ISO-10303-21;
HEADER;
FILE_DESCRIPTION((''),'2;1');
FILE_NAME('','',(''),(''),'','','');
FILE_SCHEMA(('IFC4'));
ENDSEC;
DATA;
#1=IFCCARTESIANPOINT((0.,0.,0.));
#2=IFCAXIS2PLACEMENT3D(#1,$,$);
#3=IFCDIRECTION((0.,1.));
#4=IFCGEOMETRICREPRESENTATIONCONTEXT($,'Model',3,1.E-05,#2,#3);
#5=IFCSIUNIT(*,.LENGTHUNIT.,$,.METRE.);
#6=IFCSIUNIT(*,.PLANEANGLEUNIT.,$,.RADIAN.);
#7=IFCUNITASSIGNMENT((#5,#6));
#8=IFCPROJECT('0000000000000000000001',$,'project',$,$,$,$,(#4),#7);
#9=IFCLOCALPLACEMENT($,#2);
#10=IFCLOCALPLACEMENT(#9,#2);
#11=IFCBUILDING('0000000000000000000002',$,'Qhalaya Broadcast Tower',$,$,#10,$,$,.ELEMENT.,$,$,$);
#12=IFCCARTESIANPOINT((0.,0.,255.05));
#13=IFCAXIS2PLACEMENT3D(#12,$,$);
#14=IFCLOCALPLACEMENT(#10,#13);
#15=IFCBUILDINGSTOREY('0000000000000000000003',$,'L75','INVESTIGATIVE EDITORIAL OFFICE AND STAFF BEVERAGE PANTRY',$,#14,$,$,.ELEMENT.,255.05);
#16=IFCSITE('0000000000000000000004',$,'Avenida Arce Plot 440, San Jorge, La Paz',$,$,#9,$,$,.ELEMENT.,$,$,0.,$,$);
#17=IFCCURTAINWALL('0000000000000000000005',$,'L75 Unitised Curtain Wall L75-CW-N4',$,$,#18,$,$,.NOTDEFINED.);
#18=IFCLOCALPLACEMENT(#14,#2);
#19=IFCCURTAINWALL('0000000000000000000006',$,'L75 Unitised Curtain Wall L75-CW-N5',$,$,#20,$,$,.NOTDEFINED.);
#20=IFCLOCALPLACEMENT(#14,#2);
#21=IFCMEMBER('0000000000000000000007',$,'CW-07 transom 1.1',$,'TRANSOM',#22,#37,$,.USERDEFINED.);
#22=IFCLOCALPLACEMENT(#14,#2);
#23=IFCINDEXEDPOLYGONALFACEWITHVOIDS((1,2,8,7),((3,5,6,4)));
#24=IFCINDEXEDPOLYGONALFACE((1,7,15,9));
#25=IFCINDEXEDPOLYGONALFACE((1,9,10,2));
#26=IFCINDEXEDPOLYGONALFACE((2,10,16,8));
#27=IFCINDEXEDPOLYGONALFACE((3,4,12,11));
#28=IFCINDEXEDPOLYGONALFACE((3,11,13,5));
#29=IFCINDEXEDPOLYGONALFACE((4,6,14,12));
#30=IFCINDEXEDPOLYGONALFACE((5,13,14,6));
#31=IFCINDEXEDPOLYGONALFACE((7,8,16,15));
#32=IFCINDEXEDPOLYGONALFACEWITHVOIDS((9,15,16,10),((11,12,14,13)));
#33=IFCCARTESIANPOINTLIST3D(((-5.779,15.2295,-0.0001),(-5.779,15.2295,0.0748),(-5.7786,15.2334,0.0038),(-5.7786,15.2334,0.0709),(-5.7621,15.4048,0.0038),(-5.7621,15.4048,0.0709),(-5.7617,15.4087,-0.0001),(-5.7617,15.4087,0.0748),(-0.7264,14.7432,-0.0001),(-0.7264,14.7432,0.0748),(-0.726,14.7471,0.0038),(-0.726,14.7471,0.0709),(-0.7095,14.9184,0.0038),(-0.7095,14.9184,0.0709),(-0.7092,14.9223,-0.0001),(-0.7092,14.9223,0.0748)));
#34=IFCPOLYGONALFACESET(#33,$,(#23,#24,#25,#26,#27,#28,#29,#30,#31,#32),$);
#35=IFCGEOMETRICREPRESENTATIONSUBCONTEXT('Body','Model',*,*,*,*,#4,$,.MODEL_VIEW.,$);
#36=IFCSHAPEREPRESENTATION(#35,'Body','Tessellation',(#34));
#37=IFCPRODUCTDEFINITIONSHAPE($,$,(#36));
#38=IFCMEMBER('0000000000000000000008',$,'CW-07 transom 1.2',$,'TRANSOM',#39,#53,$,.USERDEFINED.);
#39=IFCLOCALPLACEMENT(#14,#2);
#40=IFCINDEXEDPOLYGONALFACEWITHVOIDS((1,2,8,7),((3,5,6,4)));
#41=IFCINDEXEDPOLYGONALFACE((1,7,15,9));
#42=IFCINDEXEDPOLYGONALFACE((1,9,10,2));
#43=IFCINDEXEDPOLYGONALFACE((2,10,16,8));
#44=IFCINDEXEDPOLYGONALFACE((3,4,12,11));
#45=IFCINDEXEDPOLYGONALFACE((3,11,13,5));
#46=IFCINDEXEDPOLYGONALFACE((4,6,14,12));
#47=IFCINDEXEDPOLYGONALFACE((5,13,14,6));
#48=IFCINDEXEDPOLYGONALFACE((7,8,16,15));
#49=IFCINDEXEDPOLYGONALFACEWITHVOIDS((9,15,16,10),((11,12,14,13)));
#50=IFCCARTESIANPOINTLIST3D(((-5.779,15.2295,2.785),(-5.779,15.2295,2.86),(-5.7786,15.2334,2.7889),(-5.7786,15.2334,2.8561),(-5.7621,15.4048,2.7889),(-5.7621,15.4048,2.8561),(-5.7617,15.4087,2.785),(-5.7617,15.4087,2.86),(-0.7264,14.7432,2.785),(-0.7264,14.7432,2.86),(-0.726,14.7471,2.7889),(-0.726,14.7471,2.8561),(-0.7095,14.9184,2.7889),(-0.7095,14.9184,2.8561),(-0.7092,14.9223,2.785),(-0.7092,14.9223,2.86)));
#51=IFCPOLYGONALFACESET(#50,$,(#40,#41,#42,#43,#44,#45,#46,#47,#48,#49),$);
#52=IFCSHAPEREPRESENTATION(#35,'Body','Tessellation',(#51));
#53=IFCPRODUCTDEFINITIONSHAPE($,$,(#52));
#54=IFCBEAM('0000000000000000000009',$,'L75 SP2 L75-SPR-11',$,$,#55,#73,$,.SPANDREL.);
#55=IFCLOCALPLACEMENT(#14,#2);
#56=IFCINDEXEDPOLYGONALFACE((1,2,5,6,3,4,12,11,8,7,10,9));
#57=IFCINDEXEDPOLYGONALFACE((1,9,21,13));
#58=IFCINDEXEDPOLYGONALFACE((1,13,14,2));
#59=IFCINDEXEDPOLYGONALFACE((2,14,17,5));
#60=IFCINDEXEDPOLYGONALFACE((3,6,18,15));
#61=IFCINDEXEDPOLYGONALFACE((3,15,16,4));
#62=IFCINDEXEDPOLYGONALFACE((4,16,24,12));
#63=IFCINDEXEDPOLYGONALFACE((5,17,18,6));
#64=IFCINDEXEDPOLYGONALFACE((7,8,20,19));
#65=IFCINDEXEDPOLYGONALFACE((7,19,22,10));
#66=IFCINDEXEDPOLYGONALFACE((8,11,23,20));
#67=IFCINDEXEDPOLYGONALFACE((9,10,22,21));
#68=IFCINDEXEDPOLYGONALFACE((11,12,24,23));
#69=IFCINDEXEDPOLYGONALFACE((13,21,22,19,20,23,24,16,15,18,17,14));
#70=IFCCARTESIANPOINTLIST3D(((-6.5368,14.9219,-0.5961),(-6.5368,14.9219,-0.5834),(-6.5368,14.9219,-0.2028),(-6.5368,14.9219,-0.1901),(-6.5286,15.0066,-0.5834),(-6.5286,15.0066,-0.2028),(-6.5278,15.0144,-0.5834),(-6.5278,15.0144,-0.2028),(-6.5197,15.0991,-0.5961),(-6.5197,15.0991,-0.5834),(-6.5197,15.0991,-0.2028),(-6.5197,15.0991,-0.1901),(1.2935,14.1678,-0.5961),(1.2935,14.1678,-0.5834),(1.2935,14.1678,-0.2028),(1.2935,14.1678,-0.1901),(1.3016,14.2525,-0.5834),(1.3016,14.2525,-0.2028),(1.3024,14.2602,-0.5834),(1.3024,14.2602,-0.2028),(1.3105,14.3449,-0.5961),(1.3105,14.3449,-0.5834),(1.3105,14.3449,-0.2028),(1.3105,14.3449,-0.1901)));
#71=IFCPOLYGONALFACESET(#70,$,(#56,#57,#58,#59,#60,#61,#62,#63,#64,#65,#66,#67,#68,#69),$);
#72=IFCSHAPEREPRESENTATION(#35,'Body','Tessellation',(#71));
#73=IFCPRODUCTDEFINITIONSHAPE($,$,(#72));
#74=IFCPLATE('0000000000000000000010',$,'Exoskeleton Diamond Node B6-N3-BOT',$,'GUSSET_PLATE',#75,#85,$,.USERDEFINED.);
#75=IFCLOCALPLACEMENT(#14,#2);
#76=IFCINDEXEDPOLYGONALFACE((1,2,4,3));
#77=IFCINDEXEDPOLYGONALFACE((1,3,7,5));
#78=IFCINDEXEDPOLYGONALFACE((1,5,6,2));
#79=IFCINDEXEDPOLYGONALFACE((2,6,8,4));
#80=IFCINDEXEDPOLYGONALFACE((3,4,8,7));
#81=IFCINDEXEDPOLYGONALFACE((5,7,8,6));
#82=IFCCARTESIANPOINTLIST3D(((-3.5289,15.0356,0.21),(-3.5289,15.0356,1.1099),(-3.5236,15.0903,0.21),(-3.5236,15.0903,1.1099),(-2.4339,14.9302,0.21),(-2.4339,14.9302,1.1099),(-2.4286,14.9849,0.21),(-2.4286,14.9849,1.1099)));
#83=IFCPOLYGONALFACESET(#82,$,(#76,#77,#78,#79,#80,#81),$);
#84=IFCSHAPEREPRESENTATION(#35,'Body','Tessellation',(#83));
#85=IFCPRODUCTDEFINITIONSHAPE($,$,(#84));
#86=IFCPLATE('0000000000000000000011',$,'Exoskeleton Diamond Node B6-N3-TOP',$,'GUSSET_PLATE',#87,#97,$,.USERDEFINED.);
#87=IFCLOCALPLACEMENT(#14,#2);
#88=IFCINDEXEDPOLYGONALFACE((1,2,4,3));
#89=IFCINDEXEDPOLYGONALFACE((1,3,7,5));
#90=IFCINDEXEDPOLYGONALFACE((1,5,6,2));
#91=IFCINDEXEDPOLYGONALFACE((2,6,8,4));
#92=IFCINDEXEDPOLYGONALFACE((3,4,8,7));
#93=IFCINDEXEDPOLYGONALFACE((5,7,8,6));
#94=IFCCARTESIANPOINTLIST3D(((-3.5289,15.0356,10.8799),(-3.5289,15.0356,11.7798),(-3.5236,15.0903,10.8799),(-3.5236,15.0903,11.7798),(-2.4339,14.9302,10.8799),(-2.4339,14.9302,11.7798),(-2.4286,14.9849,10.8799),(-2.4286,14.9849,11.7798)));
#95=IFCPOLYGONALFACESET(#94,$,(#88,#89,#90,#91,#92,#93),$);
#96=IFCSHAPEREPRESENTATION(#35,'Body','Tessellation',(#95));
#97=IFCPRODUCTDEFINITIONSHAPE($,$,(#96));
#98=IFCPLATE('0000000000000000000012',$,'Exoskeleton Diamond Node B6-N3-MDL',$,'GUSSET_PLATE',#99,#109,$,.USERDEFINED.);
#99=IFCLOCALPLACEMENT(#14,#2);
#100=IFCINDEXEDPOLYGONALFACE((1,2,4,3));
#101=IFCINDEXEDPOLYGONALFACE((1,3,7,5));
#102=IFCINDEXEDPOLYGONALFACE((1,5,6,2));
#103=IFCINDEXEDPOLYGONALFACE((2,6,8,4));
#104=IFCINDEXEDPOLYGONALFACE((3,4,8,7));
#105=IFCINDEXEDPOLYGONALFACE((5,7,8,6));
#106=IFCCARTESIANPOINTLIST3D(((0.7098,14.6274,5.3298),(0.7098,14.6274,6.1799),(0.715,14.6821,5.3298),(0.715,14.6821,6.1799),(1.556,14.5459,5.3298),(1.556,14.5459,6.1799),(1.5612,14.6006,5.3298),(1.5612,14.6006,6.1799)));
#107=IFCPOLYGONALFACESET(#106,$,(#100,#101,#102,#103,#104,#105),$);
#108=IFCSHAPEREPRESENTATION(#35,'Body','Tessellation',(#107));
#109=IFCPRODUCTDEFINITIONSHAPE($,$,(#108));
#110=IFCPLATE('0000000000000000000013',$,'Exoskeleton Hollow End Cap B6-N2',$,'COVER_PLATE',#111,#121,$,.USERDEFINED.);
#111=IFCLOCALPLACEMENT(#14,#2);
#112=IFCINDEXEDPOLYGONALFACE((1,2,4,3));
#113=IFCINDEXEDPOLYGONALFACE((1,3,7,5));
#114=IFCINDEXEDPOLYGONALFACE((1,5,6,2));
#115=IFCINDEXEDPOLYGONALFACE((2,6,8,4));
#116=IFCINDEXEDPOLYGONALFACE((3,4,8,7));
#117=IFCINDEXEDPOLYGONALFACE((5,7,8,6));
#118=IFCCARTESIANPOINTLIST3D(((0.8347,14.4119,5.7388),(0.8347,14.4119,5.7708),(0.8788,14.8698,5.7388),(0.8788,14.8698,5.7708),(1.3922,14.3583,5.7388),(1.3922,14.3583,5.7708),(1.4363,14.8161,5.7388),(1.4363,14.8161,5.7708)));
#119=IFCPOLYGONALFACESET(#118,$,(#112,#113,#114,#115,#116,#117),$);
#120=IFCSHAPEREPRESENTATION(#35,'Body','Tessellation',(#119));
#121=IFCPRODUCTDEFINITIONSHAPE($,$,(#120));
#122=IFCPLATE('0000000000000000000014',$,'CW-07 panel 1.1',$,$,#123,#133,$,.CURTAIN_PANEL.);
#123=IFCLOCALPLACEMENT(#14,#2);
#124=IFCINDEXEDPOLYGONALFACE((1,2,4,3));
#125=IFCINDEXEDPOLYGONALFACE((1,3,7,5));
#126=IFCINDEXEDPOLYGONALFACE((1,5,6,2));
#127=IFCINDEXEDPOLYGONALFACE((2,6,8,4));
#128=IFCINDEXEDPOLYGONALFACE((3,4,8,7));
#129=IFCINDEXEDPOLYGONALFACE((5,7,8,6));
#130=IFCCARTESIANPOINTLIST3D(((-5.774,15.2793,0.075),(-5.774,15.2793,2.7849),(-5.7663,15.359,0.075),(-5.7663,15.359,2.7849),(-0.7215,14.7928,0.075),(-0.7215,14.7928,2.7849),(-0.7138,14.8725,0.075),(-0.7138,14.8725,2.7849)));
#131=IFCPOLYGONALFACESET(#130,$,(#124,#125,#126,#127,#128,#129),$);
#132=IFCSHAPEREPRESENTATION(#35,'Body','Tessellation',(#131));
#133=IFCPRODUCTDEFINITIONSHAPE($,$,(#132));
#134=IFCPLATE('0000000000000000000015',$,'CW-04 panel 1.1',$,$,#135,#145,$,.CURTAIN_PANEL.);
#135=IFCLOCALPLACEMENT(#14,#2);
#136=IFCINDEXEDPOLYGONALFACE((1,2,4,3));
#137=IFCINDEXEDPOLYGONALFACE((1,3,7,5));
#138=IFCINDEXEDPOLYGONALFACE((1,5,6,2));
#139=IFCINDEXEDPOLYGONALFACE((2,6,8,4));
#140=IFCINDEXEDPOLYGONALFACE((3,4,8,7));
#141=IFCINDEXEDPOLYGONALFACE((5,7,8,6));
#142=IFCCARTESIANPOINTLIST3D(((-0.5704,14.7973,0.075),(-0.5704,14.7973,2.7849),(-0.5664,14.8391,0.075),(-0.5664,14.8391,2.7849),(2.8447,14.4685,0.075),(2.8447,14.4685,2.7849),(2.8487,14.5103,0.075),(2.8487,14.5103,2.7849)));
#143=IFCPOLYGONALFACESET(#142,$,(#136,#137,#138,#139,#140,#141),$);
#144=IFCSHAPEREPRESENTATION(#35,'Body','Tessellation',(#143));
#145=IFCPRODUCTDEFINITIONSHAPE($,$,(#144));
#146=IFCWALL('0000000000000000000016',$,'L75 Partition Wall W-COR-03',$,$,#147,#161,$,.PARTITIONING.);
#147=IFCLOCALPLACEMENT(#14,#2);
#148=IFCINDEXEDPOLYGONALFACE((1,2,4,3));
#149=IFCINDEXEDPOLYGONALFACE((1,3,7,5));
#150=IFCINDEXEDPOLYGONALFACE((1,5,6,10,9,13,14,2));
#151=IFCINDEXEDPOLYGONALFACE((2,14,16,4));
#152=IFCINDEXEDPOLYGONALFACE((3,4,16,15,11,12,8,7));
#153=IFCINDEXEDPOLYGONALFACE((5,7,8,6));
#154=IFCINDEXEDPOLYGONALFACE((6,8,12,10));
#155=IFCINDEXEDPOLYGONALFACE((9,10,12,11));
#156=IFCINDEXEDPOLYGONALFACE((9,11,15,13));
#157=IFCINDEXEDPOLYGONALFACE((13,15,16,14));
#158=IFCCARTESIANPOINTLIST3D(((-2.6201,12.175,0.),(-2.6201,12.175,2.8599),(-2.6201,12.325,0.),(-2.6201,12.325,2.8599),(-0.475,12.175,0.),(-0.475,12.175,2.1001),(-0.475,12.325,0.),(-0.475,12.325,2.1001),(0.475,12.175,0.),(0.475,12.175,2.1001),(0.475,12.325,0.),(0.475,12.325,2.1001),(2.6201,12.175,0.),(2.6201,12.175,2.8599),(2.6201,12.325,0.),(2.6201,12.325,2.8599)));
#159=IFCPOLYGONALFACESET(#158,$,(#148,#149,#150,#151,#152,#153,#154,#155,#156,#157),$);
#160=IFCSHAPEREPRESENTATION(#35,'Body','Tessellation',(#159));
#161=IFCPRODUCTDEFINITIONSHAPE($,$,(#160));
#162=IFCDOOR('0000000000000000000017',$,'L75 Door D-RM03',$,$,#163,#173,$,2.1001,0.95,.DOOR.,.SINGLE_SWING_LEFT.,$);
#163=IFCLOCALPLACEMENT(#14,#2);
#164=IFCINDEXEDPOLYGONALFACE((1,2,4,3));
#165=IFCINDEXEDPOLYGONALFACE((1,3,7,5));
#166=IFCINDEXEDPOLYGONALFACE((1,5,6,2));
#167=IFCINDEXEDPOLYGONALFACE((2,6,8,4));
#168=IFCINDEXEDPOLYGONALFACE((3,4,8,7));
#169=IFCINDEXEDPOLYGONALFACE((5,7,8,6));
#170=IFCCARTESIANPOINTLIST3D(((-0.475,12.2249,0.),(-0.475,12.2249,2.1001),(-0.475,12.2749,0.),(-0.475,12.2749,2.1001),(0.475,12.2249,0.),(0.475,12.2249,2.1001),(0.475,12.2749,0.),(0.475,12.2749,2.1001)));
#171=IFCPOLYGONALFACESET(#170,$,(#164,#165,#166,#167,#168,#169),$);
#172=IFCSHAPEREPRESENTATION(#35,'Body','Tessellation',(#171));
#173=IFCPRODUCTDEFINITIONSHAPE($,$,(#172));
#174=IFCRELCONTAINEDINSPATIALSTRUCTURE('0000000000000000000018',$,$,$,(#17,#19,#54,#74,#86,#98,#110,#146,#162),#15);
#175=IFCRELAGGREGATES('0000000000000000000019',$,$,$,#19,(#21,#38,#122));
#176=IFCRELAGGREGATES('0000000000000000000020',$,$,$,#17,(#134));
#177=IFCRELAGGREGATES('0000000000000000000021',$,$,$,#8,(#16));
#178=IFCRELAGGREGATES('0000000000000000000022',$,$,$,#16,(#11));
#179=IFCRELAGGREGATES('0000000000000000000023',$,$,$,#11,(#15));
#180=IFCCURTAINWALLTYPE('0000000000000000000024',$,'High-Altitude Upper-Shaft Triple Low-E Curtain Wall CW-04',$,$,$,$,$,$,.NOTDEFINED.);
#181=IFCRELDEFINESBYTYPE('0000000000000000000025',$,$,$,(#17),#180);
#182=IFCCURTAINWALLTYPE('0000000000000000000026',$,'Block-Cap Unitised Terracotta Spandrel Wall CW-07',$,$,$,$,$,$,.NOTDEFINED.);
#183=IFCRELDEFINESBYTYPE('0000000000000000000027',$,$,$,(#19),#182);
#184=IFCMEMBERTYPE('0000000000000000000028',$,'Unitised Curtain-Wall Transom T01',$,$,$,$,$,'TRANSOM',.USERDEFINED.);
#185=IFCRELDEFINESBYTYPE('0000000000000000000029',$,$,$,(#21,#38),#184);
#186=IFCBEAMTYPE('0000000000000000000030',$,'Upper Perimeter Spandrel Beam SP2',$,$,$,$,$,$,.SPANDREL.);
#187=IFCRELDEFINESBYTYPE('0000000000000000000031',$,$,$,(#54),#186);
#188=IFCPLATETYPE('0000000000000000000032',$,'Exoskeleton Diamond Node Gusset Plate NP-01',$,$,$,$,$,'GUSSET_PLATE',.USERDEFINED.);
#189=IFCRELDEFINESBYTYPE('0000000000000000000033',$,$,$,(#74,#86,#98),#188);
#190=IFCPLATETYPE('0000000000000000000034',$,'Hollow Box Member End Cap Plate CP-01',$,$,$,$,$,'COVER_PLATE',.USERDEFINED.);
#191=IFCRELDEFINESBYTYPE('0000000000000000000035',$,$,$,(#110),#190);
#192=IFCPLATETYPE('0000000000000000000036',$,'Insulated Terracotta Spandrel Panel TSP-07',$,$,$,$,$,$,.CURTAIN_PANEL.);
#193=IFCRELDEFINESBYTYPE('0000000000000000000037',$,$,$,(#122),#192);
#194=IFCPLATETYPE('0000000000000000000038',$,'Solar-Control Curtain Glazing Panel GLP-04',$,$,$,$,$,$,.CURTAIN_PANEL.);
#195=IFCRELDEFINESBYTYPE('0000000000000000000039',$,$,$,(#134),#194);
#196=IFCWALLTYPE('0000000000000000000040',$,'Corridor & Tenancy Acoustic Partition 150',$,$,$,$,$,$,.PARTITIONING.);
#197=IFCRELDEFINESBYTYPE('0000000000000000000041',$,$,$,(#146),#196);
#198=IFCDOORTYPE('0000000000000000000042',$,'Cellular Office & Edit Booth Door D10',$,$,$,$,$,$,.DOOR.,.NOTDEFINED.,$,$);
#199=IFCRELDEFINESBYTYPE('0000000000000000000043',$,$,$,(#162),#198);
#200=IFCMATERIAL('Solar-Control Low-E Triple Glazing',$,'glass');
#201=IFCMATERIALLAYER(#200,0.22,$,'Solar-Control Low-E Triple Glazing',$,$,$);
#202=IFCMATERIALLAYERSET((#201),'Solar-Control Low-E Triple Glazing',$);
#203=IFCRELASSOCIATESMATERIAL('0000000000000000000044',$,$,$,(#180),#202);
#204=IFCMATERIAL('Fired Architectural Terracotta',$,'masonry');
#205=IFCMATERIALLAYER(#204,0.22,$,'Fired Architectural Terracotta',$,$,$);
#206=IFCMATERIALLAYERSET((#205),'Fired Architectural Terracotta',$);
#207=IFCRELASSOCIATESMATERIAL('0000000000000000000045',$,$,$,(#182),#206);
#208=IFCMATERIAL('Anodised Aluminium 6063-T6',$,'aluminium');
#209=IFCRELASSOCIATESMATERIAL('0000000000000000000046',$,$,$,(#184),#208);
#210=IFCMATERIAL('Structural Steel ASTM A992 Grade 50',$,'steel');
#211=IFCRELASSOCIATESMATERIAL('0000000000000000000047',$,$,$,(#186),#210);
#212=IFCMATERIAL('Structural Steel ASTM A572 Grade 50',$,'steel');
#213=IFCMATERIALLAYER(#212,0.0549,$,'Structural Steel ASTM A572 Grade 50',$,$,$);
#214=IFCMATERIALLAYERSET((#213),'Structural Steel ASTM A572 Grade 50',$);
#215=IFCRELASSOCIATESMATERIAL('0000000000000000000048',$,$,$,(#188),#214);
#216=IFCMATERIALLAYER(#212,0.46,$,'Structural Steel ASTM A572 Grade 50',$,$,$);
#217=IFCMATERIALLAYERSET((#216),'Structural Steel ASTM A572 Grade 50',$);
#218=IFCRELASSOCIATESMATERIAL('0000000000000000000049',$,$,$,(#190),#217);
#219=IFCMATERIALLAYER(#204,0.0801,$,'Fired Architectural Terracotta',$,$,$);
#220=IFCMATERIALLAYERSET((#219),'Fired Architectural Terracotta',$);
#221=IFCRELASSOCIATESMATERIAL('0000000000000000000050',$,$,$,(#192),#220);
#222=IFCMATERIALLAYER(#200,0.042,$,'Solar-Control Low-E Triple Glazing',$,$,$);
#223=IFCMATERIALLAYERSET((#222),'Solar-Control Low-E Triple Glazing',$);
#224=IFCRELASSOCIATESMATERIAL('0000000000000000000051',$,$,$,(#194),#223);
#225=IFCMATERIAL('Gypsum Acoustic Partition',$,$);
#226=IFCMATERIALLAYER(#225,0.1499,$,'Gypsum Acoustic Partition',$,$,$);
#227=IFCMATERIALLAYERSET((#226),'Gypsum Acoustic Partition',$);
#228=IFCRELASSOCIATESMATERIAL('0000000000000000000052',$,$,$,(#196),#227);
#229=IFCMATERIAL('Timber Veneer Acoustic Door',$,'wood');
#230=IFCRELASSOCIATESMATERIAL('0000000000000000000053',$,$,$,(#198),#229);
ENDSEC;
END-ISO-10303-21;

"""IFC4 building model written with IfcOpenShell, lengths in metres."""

from ifc_helpers import new_model, si_unit, direction, frame, frame_2d, origin, origin_2d, place, context, subcontext, project, spatial, rectangle, hollow_rectangle, i_section, extrude, material, layer, layer_set, material_profile, profile_set, type_object, element, fill, aggregate, save


model = new_model("IFC4")

# Units and contexts
model_context = context("Model", 3, precision=1e-05, world=origin(), true_north=direction((0.0, 1.0)))
body_context = subcontext(model_context, "Body", "Model", "MODEL_VIEW")
ifc_project = project(units=[si_unit("LENGTHUNIT", "METRE"), si_unit("PLANEANGLEUNIT", "RADIAN")], contexts=[model_context])

# Site, building, storey
site_placement = place(None, origin())
site = spatial("IfcSite", under=ifc_project, at=site_placement, Name="Avenida Arce Plot 440, San Jorge, La Paz", CompositionType="ELEMENT", RefElevation=0.0)
building_placement = place(site_placement, origin())
building = spatial("IfcBuilding", under=site, at=building_placement, Name="Qhalaya Broadcast Tower", CompositionType="ELEMENT")
storey_placement = place(building_placement, frame((0.0, 0.0, 255.05)))
storey = spatial("IfcBuildingStorey", under=building, at=storey_placement, Name="L75", Description="INVESTIGATIVE EDITORIAL OFFICE AND STAFF BEVERAGE PANTRY", CompositionType="ELEMENT", Elevation=255.05)

# Shared definitions
ifc_material_1 = material(Name="Structural Steel ASTM A572 Grade 50", Category="steel")

# Shared definitions
ifc_material_2 = material(Name="Structural Steel ASTM A992 Grade 50", Category="steel")

# Curtain wall
ifc_material_3 = material(Name="Solar-Control Low-E Triple Glazing", Category="glass")
ifc_layer_1 = layer(ifc_material_3, 0.22, Name="Solar-Control Low-E Triple Glazing")
ifc_layer_set_1 = layer_set([ifc_layer_1], Name="Solar-Control Low-E Triple Glazing")
curtain_wall_type_1 = type_object("IfcCurtainWallType", Name="High-Altitude Upper-Shaft Triple Low-E Curtain Wall CW-04", PredefinedType="NOTDEFINED", material=ifc_layer_set_1)
curtain_wall_1_placement = place(storey_placement, origin())
curtain_wall_1 = element("IfcCurtainWall", 1, at=curtain_wall_1_placement, inside=storey, type_object=curtain_wall_type_1, Name="L75 Unitised Curtain Wall L75-CW-N4", PredefinedType="NOTDEFINED")
ifc_material_4 = material(Name="Anodised Aluminium 6063-T6", Category="aluminium")

# Curtain wall, members
ifc_material_5 = material(Name="Fired Architectural Terracotta", Category="masonry")
ifc_layer_2 = layer(ifc_material_5, 0.22, Name="Fired Architectural Terracotta")
ifc_layer_set_2 = layer_set([ifc_layer_2], Name="Fired Architectural Terracotta")
curtain_wall_type_2 = type_object("IfcCurtainWallType", Name="Block-Cap Unitised Terracotta Spandrel Wall CW-07", PredefinedType="NOTDEFINED", material=ifc_layer_set_2)
curtain_wall_2_placement = place(storey_placement, origin())
curtain_wall_2 = element("IfcCurtainWall", 2, at=curtain_wall_2_placement, inside=storey, type_object=curtain_wall_type_2, Name="L75 Unitised Curtain Wall L75-CW-N5", PredefinedType="NOTDEFINED")
ifc_material_profile_1 = material_profile(ifc_material_4, hollow_rectangle(XDim=0.075, YDim=0.1799, WallThickness=0.0039, at=origin_2d()), Name="ALU-TRN 75x180x4")
ifc_profile_set_1 = profile_set([ifc_material_profile_1], Name="Anodised Aluminium 6063-T6")
member_type_1 = type_object("IfcMemberType", Name="Unitised Curtain-Wall Transom T01", ElementType="TRANSOM", PredefinedType="USERDEFINED", material=ifc_profile_set_1)
member_1_placement = place(storey_placement, frame((-0.7178, 14.8328, 0.0374), z_axis=(-0.995399, 0.095812, 0.0), x_axis=(0.0, 0.0, 1.0)))
member_1 = element("IfcMember", 3, at=member_1_placement, type_object=member_type_1, Name="CW-07 transom 1.1", ObjectType="TRANSOM", PredefinedType="USERDEFINED", context=body_context, shape_type="SweptSolid", body=[
    extrude(hollow_rectangle(XDim=0.075, YDim=0.1799, WallThickness=0.0039, at=origin_2d()), origin(), (0.0, 0.0, 1.0), 5.0759),
])
member_2_placement = place(storey_placement, frame((-0.7178, 14.8328, 2.8225), z_axis=(-0.995399, 0.095812, 0.0), x_axis=(0.0, 0.0, 1.0)))
member_2 = element("IfcMember", 4, at=member_2_placement, type_object=member_type_1, Name="CW-07 transom 1.2", ObjectType="TRANSOM", PredefinedType="USERDEFINED", context=body_context, shape_type="SweptSolid", body=[
    extrude(hollow_rectangle(XDim=0.075, YDim=0.1799, WallThickness=0.0039, at=origin_2d()), origin(), (0.0, 0.0, 1.0), 5.0759),
])

# Beam
ifc_material_profile_2 = material_profile(ifc_material_2, i_section(OverallWidth=0.178, OverallDepth=0.406, WebThickness=0.0078, FlangeThickness=0.0127, at=origin_2d()), Name="W16X40")
ifc_profile_set_2 = profile_set([ifc_material_profile_2], Name="Structural Steel ASTM A992 Grade 50")
beam_type_1 = type_object("IfcBeamType", Name="Upper Perimeter Spandrel Beam SP2", PredefinedType="SPANDREL", material=ifc_profile_set_2)
beam_1_placement = place(storey_placement, frame((1.302, 14.2563, -0.3931), z_axis=(-0.995394, 0.095868, 0.0), x_axis=(-0.095868, -0.995394, 0.0)))
element("IfcBeam", 5, at=beam_1_placement, inside=storey, type_object=beam_type_1, Name="L75 SP2 L75-SPR-11", PredefinedType="SPANDREL", context=body_context, shape_type="SweptSolid", body=[
    extrude(i_section(OverallWidth=0.178, OverallDepth=0.406, WebThickness=0.0078, FlangeThickness=0.0127, at=origin_2d()), origin(), (0.0, 0.0, 1.0), 7.8665),
])

# Plates
ifc_layer_3 = layer(ifc_material_1, 0.0549, Name="Structural Steel ASTM A572 Grade 50")
ifc_layer_set_3 = layer_set([ifc_layer_3], Name="Structural Steel ASTM A572 Grade 50")
plate_type_1 = type_object("IfcPlateType", Name="Exoskeleton Diamond Node Gusset Plate NP-01", ElementType="GUSSET_PLATE", PredefinedType="USERDEFINED", material=ifc_layer_set_3)
for number, where, z_axis, x_axis, name in (
    (6, (-2.9788, 15.0103, 0.21), (0.0, 0.0, 1.0), (0.995396, -0.095846, 0.0), "Exoskeleton Diamond Node B6-N3-BOT"),
    (7, (-2.9788, 15.0103, 10.8799), (0.0, 0.0, 1.0), (0.995396, -0.095846, 0.0), "Exoskeleton Diamond Node B6-N3-TOP"),
):
    element("IfcPlate", number, at=place(storey_placement, frame(where, z_axis=z_axis, x_axis=x_axis)), inside=storey, type_object=plate_type_1, Name=name, ObjectType="GUSSET_PLATE", PredefinedType="USERDEFINED", context=body_context, shape_type="SweptSolid", body=[
        extrude(rectangle(XDim=1.1001, YDim=0.0549, at=origin_2d()), origin(), (0.0, 0.0, 1.0), 0.8999),
    ])
plate_1_placement = place(storey_placement, frame((1.1355, 14.614, 5.3298), z_axis=(0.0, 0.0, 1.0), x_axis=(0.995396, -0.095846, 0.0)))
element("IfcPlate", 8, at=plate_1_placement, inside=storey, type_object=plate_type_1, Name="Exoskeleton Diamond Node B6-N3-MDL", ObjectType="GUSSET_PLATE", PredefinedType="USERDEFINED", context=body_context, shape_type="SweptSolid", body=[
    extrude(rectangle(XDim=0.8501, YDim=0.0549, at=origin_2d()), origin(), (0.0, 0.0, 1.0), 0.8501),
])
ifc_layer_4 = layer(ifc_material_1, 0.46, Name="Structural Steel ASTM A572 Grade 50")
ifc_layer_set_4 = layer_set([ifc_layer_4], Name="Structural Steel ASTM A572 Grade 50")
plate_type_2 = type_object("IfcPlateType", Name="Hollow Box Member End Cap Plate CP-01", ElementType="COVER_PLATE", PredefinedType="USERDEFINED", material=ifc_layer_set_4)
plate_2_placement = place(storey_placement, frame((1.1355, 14.614, 5.7388), z_axis=(0.0, 0.0, 1.0), x_axis=(0.995396, -0.095846, 0.0)))
element("IfcPlate", 9, at=plate_2_placement, inside=storey, type_object=plate_type_2, Name="Exoskeleton Hollow End Cap B6-N2", ObjectType="COVER_PLATE", PredefinedType="USERDEFINED", context=body_context, shape_type="SweptSolid", body=[
    extrude(rectangle(XDim=0.5601, YDim=0.46, at=origin_2d()), origin(), (0.0, 0.0, 1.0), 0.032),
])

# Plates
ifc_layer_5 = layer(ifc_material_5, 0.0801, Name="Fired Architectural Terracotta")
ifc_layer_set_5 = layer_set([ifc_layer_5], Name="Fired Architectural Terracotta")
plate_type_3 = type_object("IfcPlateType", Name="Insulated Terracotta Spandrel Panel TSP-07", PredefinedType="CURTAIN_PANEL", material=ifc_layer_set_5)
plate_3_placement = place(storey_placement, frame((-3.2439, 15.0759, 0.075), z_axis=(0.0, 0.0, 1.0), x_axis=(-0.995396, 0.095848, 0.0)))
plate_3 = element("IfcPlate", 10, at=plate_3_placement, type_object=plate_type_3, Name="CW-07 panel 1.1", PredefinedType="CURTAIN_PANEL", context=body_context, shape_type="SweptSolid", body=[
    extrude(rectangle(XDim=5.0759, YDim=0.0801, at=origin_2d()), origin(), (0.0, 0.0, 1.0), 2.71),
])
aggregate(curtain_wall_2, [member_1, member_2, plate_3])
ifc_layer_6 = layer(ifc_material_3, 0.042, Name="Solar-Control Low-E Triple Glazing")
ifc_layer_set_6 = layer_set([ifc_layer_6], Name="Solar-Control Low-E Triple Glazing")
plate_type_4 = type_object("IfcPlateType", Name="Solar-Control Curtain Glazing Panel GLP-04", PredefinedType="CURTAIN_PANEL", material=ifc_layer_set_6)
plate_4_placement = place(storey_placement, frame((1.1392, 14.6538, 0.075), z_axis=(0.0, 0.0, 1.0), x_axis=(-0.995397, 0.09584, 0.0)))
plate_4 = element("IfcPlate", 11, at=plate_4_placement, type_object=plate_type_4, Name="CW-04 panel 1.1", PredefinedType="CURTAIN_PANEL", context=body_context, shape_type="SweptSolid", body=[
    extrude(rectangle(XDim=3.4309, YDim=0.042, at=origin_2d()), origin(), (0.0, 0.0, 1.0), 2.71),
])
aggregate(curtain_wall_1, [plate_4])

# Wall, opening, door
ifc_material_6 = material(Name="Gypsum Acoustic Partition")
ifc_layer_7 = layer(ifc_material_6, 0.1499, Name="Gypsum Acoustic Partition")
ifc_layer_set_7 = layer_set([ifc_layer_7], Name="Gypsum Acoustic Partition")
wall_type_1 = type_object("IfcWallType", Name="Corridor & Tenancy Acoustic Partition 150", PredefinedType="PARTITIONING", material=ifc_layer_set_7)
wall_1_placement = place(storey_placement, frame((-2.6201, 12.25, 0.0), z_axis=(0.0, 0.0, 1.0), x_axis=(1.0, 0.0, 0.0)))
wall_1 = element("IfcWall", 12, at=wall_1_placement, inside=storey, type_object=wall_type_1, Name="L75 Partition Wall W-COR-03", PredefinedType="PARTITIONING", context=body_context, shape_type="SweptSolid", body=[
    extrude(rectangle(XDim=5.2402, YDim=0.1499, at=frame_2d((2.6201, 0.0))), origin(), (0.0, 0.0, 1.0), 2.8599),
])
opening_placement = place(wall_1_placement, frame((2.145, 0.0, 0.0)))
opening = element("IfcOpeningElement", 13, at=opening_placement, cuts=wall_1, PredefinedType="OPENING", context=body_context, shape_type="SweptSolid", body=[
    extrude(rectangle(XDim=0.95, YDim=2.1001, at=frame_2d((0.4751, 1.05))), frame((0.0, 0.0869, 0.0), z_axis=(0.0, -1.0, 0.0), x_axis=(1.0, 0.0, 0.0)), (0.0, 0.0, 1.0), 0.1738),
])
ifc_material_7 = material(Name="Timber Veneer Acoustic Door", Category="wood")
door_type = type_object("IfcDoorType", Name="Cellular Office & Edit Booth Door D10", OperationType="NOTDEFINED", PredefinedType="DOOR", material=ifc_material_7)
door_placement = place(opening_placement, origin())
door = element("IfcDoor", 14, at=door_placement, inside=storey, type_object=door_type, Name="L75 Door D-RM03", OperationType="SINGLE_SWING_LEFT", OverallHeight=2.1001, OverallWidth=0.95, PredefinedType="DOOR", context=body_context, shape_type="SweptSolid", body=[
    extrude(rectangle(XDim=0.95, YDim=2.1001, at=frame_2d((0.4751, 1.05))), frame((0.0, 0.0249, 0.0), z_axis=(0.0, -1.0, 0.0), x_axis=(1.0, 0.0, 0.0)), (0.0, 0.0, 1.0), 0.05),
])
fill(opening, door)

save(model, "model.ifc")
